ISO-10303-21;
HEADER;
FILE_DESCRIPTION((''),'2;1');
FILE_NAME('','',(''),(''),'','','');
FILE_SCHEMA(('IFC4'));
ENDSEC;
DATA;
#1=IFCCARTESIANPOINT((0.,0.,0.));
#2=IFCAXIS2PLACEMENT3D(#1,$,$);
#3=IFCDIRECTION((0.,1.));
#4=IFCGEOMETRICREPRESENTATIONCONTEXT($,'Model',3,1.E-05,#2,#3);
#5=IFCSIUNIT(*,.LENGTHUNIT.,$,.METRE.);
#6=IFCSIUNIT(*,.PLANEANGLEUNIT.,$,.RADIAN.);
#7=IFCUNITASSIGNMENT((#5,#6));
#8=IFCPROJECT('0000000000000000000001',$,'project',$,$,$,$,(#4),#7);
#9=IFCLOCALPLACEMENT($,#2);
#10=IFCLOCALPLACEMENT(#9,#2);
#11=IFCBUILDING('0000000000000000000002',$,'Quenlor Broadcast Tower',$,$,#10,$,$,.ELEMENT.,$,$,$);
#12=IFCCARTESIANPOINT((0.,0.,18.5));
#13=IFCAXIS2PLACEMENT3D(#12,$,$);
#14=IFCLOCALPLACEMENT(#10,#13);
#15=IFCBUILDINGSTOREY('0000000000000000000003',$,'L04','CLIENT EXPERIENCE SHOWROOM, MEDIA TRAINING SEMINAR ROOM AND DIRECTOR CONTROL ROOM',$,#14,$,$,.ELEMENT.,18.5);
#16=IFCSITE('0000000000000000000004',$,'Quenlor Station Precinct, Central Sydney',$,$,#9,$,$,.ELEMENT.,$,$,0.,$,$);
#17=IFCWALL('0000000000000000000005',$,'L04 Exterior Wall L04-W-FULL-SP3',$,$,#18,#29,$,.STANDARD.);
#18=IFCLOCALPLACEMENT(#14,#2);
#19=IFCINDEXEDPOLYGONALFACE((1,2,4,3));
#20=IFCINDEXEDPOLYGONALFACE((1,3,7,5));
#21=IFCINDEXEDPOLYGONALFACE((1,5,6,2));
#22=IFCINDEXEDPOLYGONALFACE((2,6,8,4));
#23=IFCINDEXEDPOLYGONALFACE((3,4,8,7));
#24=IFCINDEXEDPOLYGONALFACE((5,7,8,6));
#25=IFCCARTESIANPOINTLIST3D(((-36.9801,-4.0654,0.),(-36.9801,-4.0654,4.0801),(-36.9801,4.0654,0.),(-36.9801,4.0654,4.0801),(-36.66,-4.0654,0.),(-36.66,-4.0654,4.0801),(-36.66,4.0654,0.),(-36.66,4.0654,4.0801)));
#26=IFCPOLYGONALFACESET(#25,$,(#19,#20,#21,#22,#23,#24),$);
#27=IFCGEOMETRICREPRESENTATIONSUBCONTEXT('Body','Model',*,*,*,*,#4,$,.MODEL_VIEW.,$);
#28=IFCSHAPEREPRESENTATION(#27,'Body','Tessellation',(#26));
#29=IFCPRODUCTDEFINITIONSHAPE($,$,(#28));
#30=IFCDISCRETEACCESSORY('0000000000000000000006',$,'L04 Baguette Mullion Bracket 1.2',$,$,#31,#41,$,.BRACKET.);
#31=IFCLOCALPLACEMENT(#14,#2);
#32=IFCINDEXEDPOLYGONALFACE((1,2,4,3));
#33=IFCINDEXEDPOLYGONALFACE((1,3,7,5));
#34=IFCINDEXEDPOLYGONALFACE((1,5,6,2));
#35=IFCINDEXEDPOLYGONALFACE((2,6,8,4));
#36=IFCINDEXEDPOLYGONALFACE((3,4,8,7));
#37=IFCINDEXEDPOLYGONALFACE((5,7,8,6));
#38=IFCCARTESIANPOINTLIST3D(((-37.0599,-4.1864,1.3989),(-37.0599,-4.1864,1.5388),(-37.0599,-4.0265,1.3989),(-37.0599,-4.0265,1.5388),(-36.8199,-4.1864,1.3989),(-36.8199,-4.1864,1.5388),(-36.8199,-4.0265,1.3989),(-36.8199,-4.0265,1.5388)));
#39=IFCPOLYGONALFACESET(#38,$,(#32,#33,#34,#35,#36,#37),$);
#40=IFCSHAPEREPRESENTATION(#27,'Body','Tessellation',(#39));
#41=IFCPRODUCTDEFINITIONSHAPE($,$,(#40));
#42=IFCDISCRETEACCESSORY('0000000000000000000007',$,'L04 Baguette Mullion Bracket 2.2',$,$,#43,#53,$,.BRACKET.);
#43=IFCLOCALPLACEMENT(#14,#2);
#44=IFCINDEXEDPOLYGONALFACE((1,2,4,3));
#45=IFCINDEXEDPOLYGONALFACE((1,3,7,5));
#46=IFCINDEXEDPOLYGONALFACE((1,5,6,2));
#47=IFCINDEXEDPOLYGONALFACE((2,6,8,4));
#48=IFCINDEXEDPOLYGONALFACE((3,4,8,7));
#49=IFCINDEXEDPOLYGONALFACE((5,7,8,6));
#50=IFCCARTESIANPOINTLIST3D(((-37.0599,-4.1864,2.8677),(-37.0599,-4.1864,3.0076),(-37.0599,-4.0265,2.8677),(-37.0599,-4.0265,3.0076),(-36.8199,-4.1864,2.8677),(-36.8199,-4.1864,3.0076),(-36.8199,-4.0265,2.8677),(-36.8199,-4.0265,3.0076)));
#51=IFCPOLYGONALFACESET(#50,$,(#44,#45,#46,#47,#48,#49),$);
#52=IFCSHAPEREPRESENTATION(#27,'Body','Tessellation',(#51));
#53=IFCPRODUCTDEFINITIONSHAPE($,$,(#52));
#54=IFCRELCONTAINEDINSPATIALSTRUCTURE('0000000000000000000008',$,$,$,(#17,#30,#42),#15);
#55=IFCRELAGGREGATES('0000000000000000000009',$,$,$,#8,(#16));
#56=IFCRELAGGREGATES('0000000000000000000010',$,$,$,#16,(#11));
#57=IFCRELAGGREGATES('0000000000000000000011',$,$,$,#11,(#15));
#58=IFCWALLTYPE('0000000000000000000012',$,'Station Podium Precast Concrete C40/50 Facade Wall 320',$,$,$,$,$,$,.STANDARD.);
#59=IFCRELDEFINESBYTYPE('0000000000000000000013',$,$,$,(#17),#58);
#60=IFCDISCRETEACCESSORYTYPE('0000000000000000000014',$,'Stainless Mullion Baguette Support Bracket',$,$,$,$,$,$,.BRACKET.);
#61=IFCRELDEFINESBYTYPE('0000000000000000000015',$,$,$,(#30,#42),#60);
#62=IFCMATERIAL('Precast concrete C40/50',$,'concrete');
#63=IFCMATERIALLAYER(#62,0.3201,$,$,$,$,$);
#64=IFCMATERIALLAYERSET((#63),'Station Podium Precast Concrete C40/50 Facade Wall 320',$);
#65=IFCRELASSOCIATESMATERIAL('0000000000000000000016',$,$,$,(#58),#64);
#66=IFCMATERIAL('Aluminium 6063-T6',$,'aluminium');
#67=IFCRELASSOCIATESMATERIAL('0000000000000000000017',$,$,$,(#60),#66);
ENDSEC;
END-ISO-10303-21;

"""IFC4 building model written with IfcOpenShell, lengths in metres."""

from ifc_helpers import new_model, si_unit, direction, frame, frame_2d, origin, origin_2d, place, context, subcontext, project, spatial, rectangle, extrude, material, layer, layer_set, type_object, element, save


model = new_model("IFC4")

# Units and contexts
model_context = context("Model", 3, precision=1e-05, world=origin(), true_north=direction((0.0, 1.0)))
body_context = subcontext(model_context, "Body", "Model", "MODEL_VIEW")
ifc_project = project(units=[si_unit("LENGTHUNIT", "METRE"), si_unit("PLANEANGLEUNIT", "RADIAN")], contexts=[model_context])

# Site, building, storey
site_placement = place(None, origin())
site = spatial("IfcSite", under=ifc_project, at=site_placement, Name="Quenlor Station Precinct, Central Sydney", CompositionType="ELEMENT", RefElevation=0.0)
building_placement = place(site_placement, origin())
building = spatial("IfcBuilding", under=site, at=building_placement, Name="Quenlor Broadcast Tower", CompositionType="ELEMENT")
storey_placement = place(building_placement, frame((0.0, 0.0, 18.5)))
storey = spatial("IfcBuildingStorey", under=building, at=storey_placement, Name="L04", Description="CLIENT EXPERIENCE SHOWROOM, MEDIA TRAINING SEMINAR ROOM AND DIRECTOR CONTROL ROOM", CompositionType="ELEMENT", Elevation=18.5)

# Wall
ifc_material_1 = material(Name="Precast concrete C40/50", Category="concrete")
ifc_layer_1 = layer(ifc_material_1, 0.3201)
ifc_layer_set_1 = layer_set([ifc_layer_1], Name="Station Podium Precast Concrete C40/50 Facade Wall 320")
wall_type_1 = type_object("IfcWallType", Name="Station Podium Precast Concrete C40/50 Facade Wall 320", PredefinedType="STANDARD", material=ifc_layer_set_1)
wall_1_placement = place(storey_placement, frame((-36.8201, -4.0654, 0.0), z_axis=(0.0, 0.0, 1.0), x_axis=(0.0, 1.0, 0.0)))
element("IfcWall", 1, at=wall_1_placement, inside=storey, type_object=wall_type_1, Name="L04 Exterior Wall L04-W-FULL-SP3", PredefinedType="STANDARD", context=body_context, shape_type="SweptSolid", body=[
    extrude(rectangle(XDim=8.1309, YDim=0.3201, at=frame_2d((4.0654, 0.0))), origin(), (0.0, 0.0, 1.0), 4.0801),
])

# Discrete accessories
ifc_material_2 = material(Name="Aluminium 6063-T6", Category="aluminium")
discrete_accessory_type = type_object("IfcDiscreteAccessoryType", Name="Stainless Mullion Baguette Support Bracket", PredefinedType="BRACKET", material=ifc_material_2)
for number, where, z_axis, x_axis, name in (
    (2, (-36.9399, -4.1064, 1.3989), (0.0, 0.0, 1.0), (0.0, 1.0, 0.0), "L04 Baguette Mullion Bracket 1.2"),
    (3, (-36.9399, -4.1064, 2.8677), (0.0, 0.0, 1.0), (0.0, 1.0, 0.0), "L04 Baguette Mullion Bracket 2.2"),
):
    element("IfcDiscreteAccessory", number, at=place(storey_placement, frame(where, z_axis=z_axis, x_axis=x_axis)), inside=storey, type_object=discrete_accessory_type, Name=name, PredefinedType="BRACKET", context=body_context, shape_type="SweptSolid", body=[
        extrude(rectangle(XDim=0.1599, YDim=0.24, at=origin_2d()), origin(), (0.0, 0.0, 1.0), 0.1399),
    ])

save(model, "model.ifc")
